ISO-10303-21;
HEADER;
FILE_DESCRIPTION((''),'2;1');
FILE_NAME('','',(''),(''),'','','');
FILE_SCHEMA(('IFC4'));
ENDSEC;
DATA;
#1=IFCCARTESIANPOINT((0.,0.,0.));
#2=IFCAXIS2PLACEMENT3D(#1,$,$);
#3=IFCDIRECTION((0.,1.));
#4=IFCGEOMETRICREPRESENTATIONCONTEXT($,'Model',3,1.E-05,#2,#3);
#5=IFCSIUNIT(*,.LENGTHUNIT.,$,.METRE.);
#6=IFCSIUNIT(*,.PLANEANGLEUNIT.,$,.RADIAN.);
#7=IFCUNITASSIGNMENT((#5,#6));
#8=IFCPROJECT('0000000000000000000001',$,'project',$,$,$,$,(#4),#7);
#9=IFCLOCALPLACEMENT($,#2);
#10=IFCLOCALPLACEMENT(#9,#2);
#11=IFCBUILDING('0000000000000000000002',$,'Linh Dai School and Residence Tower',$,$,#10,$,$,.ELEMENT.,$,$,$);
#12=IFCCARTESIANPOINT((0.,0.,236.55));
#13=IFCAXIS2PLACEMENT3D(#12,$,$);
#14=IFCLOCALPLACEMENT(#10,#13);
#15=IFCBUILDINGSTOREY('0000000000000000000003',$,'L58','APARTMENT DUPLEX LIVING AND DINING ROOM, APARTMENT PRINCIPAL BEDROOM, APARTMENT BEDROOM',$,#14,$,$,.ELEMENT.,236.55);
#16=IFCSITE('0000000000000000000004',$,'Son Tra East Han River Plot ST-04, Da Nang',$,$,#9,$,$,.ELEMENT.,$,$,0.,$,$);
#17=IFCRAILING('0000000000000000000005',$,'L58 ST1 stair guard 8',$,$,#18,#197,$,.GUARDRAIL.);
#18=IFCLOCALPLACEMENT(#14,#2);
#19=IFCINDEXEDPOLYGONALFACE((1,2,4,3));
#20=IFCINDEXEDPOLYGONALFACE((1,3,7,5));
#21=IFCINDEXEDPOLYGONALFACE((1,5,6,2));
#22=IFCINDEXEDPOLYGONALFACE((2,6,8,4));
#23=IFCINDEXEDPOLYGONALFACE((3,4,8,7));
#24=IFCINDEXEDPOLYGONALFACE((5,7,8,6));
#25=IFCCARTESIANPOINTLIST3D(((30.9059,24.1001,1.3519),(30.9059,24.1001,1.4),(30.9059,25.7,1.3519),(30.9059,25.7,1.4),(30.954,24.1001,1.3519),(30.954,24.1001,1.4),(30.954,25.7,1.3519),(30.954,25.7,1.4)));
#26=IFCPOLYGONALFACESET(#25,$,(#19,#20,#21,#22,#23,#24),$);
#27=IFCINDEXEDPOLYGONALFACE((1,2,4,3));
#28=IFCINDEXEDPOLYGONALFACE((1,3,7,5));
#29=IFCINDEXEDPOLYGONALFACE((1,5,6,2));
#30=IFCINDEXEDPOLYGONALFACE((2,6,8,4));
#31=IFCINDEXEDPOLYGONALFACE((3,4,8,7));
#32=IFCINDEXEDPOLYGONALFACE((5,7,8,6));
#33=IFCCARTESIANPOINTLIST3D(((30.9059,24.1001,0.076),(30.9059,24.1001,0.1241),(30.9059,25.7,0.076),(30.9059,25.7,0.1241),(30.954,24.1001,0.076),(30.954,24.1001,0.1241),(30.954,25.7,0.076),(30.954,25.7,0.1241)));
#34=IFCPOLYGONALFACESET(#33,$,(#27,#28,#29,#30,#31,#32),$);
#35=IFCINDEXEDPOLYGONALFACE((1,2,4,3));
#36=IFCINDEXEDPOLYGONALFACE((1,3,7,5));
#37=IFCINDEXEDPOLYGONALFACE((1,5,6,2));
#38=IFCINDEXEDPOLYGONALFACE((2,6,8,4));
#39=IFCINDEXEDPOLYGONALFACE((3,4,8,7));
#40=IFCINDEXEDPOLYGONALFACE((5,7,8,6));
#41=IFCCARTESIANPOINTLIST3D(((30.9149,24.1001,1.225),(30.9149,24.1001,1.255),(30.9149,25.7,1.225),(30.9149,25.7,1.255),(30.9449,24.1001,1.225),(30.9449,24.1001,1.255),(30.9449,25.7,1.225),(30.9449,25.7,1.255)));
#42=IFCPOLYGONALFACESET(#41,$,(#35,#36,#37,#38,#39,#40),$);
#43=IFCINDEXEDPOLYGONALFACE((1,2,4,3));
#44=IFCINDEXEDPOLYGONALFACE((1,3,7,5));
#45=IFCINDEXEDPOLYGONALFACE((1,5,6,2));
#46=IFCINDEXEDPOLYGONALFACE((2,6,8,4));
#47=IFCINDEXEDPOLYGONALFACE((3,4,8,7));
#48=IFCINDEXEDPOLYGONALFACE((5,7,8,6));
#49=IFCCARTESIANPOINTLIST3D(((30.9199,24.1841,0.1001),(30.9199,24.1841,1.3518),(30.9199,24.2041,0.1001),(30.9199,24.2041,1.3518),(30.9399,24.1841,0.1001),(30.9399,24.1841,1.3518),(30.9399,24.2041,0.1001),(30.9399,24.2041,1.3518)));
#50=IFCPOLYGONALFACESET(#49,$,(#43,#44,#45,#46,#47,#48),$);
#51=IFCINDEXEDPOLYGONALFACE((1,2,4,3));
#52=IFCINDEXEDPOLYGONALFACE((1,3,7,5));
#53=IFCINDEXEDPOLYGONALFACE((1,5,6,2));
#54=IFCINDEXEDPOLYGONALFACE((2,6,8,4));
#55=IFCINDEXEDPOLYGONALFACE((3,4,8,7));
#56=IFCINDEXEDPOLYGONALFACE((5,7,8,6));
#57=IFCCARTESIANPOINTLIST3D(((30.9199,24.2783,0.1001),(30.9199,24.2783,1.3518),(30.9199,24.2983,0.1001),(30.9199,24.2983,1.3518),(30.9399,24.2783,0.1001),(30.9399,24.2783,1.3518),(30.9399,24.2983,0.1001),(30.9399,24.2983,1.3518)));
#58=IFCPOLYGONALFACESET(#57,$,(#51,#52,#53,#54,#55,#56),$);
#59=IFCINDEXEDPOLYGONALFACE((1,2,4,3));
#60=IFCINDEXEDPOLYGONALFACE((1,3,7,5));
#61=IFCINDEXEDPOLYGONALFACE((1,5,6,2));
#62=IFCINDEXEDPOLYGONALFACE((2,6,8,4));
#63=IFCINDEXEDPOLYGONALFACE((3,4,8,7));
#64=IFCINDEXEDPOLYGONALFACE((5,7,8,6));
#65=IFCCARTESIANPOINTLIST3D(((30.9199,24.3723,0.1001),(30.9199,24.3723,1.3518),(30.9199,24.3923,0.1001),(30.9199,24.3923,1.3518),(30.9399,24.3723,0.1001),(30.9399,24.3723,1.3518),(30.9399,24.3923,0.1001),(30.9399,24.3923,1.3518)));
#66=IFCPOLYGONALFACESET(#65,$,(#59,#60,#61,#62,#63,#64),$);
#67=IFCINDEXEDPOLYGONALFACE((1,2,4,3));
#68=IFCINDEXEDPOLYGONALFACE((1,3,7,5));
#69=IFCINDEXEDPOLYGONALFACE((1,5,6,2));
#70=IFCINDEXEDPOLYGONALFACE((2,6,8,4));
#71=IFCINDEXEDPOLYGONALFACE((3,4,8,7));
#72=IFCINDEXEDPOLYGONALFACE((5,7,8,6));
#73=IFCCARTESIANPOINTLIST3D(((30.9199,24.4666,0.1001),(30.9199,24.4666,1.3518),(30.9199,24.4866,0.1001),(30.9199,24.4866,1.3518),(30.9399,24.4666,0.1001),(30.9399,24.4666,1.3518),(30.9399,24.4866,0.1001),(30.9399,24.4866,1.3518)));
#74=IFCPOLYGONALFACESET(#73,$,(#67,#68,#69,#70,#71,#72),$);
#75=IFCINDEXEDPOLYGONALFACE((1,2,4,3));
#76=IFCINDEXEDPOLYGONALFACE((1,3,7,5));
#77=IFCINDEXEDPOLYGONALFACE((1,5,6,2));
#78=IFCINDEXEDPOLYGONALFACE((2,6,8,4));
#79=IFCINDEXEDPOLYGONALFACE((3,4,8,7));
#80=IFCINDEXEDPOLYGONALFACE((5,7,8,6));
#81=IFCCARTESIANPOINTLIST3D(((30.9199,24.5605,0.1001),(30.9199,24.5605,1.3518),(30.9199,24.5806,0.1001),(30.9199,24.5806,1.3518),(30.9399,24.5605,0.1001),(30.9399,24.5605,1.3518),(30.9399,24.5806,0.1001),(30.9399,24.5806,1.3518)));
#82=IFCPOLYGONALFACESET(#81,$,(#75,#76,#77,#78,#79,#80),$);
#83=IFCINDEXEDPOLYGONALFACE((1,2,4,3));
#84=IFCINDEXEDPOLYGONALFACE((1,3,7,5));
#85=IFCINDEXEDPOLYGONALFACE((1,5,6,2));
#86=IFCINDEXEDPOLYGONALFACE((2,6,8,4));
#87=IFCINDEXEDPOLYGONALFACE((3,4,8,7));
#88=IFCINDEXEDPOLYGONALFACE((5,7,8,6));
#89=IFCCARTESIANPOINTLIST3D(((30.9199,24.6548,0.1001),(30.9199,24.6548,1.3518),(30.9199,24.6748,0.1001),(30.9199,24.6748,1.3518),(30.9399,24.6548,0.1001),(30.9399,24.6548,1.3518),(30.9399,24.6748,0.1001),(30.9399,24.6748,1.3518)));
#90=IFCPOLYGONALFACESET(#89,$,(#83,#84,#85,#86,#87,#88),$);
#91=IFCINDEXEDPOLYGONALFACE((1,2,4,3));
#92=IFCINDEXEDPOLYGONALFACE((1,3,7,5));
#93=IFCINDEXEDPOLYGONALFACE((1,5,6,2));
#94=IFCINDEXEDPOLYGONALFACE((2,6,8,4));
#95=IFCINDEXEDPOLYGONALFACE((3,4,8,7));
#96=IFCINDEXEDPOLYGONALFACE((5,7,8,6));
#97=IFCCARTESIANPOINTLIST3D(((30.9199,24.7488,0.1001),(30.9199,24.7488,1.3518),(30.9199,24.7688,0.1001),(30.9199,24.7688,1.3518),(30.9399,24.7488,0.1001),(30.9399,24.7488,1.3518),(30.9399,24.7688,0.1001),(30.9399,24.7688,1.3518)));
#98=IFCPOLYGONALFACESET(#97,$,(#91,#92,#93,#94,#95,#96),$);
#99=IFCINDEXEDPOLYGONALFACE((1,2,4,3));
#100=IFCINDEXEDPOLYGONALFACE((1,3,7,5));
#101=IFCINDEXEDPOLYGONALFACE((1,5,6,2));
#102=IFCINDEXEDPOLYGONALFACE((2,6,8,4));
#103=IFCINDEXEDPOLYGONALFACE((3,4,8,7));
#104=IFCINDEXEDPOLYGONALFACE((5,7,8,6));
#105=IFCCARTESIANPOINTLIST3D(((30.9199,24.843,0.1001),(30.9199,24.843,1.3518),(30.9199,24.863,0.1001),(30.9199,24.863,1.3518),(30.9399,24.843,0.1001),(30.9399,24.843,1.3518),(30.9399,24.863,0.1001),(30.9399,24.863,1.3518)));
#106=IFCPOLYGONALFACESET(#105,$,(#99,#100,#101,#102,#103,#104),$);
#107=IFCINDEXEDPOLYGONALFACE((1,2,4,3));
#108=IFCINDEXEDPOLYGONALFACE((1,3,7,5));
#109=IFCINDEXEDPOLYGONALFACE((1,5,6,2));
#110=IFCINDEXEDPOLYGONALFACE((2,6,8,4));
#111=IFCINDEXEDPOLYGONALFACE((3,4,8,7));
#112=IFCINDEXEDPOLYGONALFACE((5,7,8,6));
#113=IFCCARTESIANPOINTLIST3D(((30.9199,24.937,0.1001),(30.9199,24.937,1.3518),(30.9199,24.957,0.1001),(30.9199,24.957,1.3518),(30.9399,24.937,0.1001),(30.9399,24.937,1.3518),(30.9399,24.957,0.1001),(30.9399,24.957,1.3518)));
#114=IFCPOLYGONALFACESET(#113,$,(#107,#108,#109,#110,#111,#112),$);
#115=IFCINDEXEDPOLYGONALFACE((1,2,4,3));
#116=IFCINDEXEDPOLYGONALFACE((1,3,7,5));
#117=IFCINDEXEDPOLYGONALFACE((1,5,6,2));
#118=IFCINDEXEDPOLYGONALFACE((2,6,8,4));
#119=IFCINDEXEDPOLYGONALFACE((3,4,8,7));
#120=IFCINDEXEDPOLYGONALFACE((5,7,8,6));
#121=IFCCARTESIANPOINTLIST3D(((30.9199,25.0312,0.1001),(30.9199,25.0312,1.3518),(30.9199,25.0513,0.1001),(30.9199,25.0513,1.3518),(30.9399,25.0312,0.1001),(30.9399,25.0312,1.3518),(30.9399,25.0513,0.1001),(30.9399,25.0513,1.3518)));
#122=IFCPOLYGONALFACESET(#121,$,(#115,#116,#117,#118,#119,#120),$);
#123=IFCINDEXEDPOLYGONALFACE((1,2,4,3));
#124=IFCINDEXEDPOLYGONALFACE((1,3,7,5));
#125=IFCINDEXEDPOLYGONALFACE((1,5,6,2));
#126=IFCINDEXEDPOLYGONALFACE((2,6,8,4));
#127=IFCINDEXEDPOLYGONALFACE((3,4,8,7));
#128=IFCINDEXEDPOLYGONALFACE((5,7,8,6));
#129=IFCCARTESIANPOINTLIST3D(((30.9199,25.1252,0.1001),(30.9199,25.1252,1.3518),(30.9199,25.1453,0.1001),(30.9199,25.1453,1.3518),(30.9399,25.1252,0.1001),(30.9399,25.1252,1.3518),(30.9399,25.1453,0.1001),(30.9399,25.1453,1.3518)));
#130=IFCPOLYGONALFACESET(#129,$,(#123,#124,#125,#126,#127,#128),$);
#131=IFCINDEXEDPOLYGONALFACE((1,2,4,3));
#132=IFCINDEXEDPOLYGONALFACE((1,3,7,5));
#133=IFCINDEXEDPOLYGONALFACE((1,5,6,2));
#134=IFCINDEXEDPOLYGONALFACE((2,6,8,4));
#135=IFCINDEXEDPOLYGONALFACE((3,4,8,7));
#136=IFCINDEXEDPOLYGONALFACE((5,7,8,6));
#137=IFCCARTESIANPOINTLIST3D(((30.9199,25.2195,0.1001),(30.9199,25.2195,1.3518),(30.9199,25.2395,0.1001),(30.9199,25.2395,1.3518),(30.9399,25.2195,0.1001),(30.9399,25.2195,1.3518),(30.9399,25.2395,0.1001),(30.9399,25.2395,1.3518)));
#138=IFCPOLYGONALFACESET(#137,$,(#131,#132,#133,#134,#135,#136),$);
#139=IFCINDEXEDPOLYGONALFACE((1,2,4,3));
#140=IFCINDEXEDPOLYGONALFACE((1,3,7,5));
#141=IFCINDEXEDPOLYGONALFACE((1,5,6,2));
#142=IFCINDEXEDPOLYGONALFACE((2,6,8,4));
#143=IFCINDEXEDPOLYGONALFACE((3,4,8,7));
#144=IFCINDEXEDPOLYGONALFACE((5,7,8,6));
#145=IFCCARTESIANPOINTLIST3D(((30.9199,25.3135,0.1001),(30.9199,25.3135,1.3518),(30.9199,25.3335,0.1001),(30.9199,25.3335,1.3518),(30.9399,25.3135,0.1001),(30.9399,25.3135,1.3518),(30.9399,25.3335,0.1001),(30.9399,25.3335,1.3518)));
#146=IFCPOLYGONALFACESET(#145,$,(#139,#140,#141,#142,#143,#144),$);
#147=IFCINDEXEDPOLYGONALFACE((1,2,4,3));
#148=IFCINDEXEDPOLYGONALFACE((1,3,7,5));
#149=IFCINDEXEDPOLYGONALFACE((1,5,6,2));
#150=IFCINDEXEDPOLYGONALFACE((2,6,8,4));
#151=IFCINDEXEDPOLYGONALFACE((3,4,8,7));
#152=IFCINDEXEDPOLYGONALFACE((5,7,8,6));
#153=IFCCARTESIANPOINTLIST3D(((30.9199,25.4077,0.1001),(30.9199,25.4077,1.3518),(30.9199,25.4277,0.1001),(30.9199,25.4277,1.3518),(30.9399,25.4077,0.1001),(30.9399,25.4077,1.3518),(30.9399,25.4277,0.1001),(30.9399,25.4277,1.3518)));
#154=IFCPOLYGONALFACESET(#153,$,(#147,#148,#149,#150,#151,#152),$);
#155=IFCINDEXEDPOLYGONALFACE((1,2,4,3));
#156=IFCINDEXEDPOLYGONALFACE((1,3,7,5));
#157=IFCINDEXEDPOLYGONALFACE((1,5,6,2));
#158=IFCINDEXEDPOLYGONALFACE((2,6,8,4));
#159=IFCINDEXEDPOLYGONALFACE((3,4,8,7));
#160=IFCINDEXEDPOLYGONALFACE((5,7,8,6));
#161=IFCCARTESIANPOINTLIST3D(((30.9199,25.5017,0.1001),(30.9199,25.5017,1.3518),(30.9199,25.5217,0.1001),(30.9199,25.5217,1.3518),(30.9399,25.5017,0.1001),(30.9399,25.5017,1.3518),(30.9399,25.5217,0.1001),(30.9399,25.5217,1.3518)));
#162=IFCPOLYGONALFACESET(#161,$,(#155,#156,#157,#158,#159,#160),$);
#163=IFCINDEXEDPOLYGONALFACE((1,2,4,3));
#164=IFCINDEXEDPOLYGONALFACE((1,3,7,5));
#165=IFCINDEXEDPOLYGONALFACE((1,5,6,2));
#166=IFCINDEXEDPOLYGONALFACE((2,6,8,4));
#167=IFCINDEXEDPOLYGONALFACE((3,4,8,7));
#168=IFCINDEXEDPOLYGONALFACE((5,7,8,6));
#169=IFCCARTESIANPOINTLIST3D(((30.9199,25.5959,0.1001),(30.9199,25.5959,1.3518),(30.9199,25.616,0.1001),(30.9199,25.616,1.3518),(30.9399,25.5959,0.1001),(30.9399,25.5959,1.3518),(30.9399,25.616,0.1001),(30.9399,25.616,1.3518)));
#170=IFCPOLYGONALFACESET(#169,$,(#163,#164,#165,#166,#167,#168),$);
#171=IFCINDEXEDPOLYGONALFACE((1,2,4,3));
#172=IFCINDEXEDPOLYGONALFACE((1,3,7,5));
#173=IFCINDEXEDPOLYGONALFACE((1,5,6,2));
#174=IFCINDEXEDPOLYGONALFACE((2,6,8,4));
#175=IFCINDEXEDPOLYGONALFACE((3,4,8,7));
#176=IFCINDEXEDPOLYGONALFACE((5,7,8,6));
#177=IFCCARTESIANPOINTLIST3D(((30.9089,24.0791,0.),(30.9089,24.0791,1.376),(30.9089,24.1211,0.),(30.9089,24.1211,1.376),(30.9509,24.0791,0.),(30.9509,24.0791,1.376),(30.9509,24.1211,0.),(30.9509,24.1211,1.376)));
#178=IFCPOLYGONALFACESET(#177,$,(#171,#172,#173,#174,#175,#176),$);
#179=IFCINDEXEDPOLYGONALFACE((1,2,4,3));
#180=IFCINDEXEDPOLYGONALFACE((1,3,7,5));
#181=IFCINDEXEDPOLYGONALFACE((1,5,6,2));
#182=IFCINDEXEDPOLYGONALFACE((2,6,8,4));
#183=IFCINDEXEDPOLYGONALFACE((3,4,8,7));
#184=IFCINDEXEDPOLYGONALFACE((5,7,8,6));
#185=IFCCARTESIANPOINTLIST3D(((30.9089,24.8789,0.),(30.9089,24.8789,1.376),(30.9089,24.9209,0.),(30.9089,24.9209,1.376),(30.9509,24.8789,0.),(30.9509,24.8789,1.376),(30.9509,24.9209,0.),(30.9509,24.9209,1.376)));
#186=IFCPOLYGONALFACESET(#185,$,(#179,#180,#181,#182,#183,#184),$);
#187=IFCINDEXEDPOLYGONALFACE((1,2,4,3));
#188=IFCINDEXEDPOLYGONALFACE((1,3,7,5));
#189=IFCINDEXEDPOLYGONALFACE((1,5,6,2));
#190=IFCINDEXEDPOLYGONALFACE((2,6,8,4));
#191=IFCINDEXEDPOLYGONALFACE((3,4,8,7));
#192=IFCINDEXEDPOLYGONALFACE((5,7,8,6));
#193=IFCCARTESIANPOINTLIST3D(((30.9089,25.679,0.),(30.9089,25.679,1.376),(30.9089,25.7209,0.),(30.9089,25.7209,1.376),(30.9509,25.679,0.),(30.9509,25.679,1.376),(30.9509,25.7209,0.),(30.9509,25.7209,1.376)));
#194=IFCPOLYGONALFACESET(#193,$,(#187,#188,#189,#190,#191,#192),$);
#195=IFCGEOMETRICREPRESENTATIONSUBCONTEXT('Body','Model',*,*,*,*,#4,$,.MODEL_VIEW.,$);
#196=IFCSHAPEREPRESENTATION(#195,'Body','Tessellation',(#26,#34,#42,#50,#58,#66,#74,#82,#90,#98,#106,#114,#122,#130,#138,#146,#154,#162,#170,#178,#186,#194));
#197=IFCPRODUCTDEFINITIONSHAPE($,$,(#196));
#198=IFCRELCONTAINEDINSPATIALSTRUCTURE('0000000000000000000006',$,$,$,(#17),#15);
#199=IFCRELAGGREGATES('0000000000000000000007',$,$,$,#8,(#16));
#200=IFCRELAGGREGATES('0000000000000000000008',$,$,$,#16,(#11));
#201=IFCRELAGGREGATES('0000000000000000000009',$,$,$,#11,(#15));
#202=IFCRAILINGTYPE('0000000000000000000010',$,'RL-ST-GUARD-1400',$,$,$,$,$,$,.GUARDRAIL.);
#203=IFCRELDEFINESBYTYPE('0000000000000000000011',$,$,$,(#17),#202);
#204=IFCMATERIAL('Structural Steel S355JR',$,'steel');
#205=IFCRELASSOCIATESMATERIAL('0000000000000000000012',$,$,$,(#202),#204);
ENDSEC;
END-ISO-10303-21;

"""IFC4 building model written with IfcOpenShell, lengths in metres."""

from ifc_helpers import new_model, si_unit, direction, frame, origin, origin_2d, place, context, subcontext, project, spatial, rectangle, extrude, source, transform, mapped, material, type_object, element, save


model = new_model("IFC4")

# Units and contexts
model_context = context("Model", 3, precision=1e-05, world=origin(), true_north=direction((0.0, 1.0)))
body_context = subcontext(model_context, "Body", "Model", "MODEL_VIEW")
ifc_project = project(units=[si_unit("LENGTHUNIT", "METRE"), si_unit("PLANEANGLEUNIT", "RADIAN")], contexts=[model_context])

# Site, building, storey
site_placement = place(None, origin())
site = spatial("IfcSite", under=ifc_project, at=site_placement, Name="Son Tra East Han River Plot ST-04, Da Nang", CompositionType="ELEMENT", RefElevation=0.0)
building_placement = place(site_placement, origin())
building = spatial("IfcBuilding", under=site, at=building_placement, Name="Linh Dai School and Residence Tower", CompositionType="ELEMENT")
storey_placement = place(building_placement, frame((0.0, 0.0, 236.55)))
storey = spatial("IfcBuildingStorey", under=building, at=storey_placement, Name="L58", Description="APARTMENT DUPLEX LIVING AND DINING ROOM, APARTMENT PRINCIPAL BEDROOM, APARTMENT BEDROOM", CompositionType="ELEMENT", Elevation=236.55)

# Shared definitions
ifc_material_1 = material(Name="Structural Steel S355JR", Category="steel")

# Railing
railing_type = type_object("IfcRailingType", Name="RL-ST-GUARD-1400", PredefinedType="GUARDRAIL", material=ifc_material_1)
shared_shape_1 = source(origin(), body_context, "Body", "SweptSolid", [
    extrude(rectangle(XDim=0.0481, YDim=0.0481, at=origin_2d()), frame((0.0, 0.0, 1.376), z_axis=(0.0, 1.0, 0.0), x_axis=(-1.0, 0.0, 0.0)), (0.0, 0.0, 1.0), 1.5999),
    extrude(rectangle(XDim=0.0481, YDim=0.0481, at=origin_2d()), frame((0.0, 0.0, 0.1001), z_axis=(0.0, 1.0, 0.0), x_axis=(-1.0, 0.0, 0.0)), (0.0, 0.0, 1.0), 1.5999),
    extrude(rectangle(XDim=0.03, YDim=0.03, at=origin_2d()), frame((0.0, 0.0, 1.24), z_axis=(0.0, 1.0, 0.0), x_axis=(-1.0, 0.0, 0.0)), (0.0, 0.0, 1.0), 1.5999),
    extrude(rectangle(XDim=0.02, YDim=0.02, at=origin_2d()), frame((0.0, 0.094, 0.1001)), (0.0, 0.0, 1.0), 1.2517),
    extrude(rectangle(XDim=0.02, YDim=0.02, at=origin_2d()), frame((0.0, 0.1882, 0.1001)), (0.0, 0.0, 1.0), 1.2517),
    extrude(rectangle(XDim=0.02, YDim=0.02, at=origin_2d()), frame((0.0, 0.2822, 0.1001)), (0.0, 0.0, 1.0), 1.2517),
    extrude(rectangle(XDim=0.02, YDim=0.02, at=origin_2d()), frame((0.0, 0.3765, 0.1001)), (0.0, 0.0, 1.0), 1.2517),
    extrude(rectangle(XDim=0.02, YDim=0.02, at=origin_2d()), frame((0.0, 0.4705, 0.1001)), (0.0, 0.0, 1.0), 1.2517),
    extrude(rectangle(XDim=0.02, YDim=0.02, at=origin_2d()), frame((0.0, 0.5647, 0.1001)), (0.0, 0.0, 1.0), 1.2517),
    extrude(rectangle(XDim=0.02, YDim=0.02, at=origin_2d()), frame((0.0, 0.6587, 0.1001)), (0.0, 0.0, 1.0), 1.2517),
    extrude(rectangle(XDim=0.02, YDim=0.02, at=origin_2d()), frame((0.0, 0.7529, 0.1001)), (0.0, 0.0, 1.0), 1.2517),
    extrude(rectangle(XDim=0.02, YDim=0.02, at=origin_2d()), frame((0.0, 0.8469, 0.1001)), (0.0, 0.0, 1.0), 1.2517),
    extrude(rectangle(XDim=0.02, YDim=0.02, at=origin_2d()), frame((0.0, 0.9412, 0.1001)), (0.0, 0.0, 1.0), 1.2517),
    extrude(rectangle(XDim=0.02, YDim=0.02, at=origin_2d()), frame((0.0, 1.0352, 0.1001)), (0.0, 0.0, 1.0), 1.2517),
    extrude(rectangle(XDim=0.02, YDim=0.02, at=origin_2d()), frame((0.0, 1.1294, 0.1001)), (0.0, 0.0, 1.0), 1.2517),
    extrude(rectangle(XDim=0.02, YDim=0.02, at=origin_2d()), frame((0.0, 1.2234, 0.1001)), (0.0, 0.0, 1.0), 1.2517),
    extrude(rectangle(XDim=0.02, YDim=0.02, at=origin_2d()), frame((0.0, 1.3176, 0.1001)), (0.0, 0.0, 1.0), 1.2517),
    extrude(rectangle(XDim=0.02, YDim=0.02, at=origin_2d()), frame((0.0, 1.4116, 0.1001)), (0.0, 0.0, 1.0), 1.2517),
    extrude(rectangle(XDim=0.02, YDim=0.02, at=origin_2d()), frame((0.0, 1.5059, 0.1001)), (0.0, 0.0, 1.0), 1.2517),
    extrude(rectangle(XDim=0.042, YDim=0.042, at=origin_2d()), origin(), (0.0, 0.0, 1.0), 1.376),
    extrude(rectangle(XDim=0.042, YDim=0.042, at=origin_2d()), frame((0.0, 0.7998, 0.0)), (0.0, 0.0, 1.0), 1.376),
    extrude(rectangle(XDim=0.042, YDim=0.042, at=origin_2d()), frame((0.0, 1.5999, 0.0)), (0.0, 0.0, 1.0), 1.376),
])
for number, where, name in (
    (1, (30.9299, 24.1001, 0.0), "L58 ST1 stair guard 8"),
):
    element("IfcRailing", number, at=place(storey_placement, frame(where)), inside=storey, type_object=railing_type, Name=name, PredefinedType="GUARDRAIL", context=body_context, shape_type="MappedRepresentation", body=[
        mapped(shared_shape_1, transform((0.0, 0.0, 0.0), x_axis=(1.0, 0.0, 0.0), y_axis=(0.0, 1.0, 0.0), z_axis=(0.0, 0.0, 1.0), scale=1.0)),
    ])

save(model, "model.ifc")
